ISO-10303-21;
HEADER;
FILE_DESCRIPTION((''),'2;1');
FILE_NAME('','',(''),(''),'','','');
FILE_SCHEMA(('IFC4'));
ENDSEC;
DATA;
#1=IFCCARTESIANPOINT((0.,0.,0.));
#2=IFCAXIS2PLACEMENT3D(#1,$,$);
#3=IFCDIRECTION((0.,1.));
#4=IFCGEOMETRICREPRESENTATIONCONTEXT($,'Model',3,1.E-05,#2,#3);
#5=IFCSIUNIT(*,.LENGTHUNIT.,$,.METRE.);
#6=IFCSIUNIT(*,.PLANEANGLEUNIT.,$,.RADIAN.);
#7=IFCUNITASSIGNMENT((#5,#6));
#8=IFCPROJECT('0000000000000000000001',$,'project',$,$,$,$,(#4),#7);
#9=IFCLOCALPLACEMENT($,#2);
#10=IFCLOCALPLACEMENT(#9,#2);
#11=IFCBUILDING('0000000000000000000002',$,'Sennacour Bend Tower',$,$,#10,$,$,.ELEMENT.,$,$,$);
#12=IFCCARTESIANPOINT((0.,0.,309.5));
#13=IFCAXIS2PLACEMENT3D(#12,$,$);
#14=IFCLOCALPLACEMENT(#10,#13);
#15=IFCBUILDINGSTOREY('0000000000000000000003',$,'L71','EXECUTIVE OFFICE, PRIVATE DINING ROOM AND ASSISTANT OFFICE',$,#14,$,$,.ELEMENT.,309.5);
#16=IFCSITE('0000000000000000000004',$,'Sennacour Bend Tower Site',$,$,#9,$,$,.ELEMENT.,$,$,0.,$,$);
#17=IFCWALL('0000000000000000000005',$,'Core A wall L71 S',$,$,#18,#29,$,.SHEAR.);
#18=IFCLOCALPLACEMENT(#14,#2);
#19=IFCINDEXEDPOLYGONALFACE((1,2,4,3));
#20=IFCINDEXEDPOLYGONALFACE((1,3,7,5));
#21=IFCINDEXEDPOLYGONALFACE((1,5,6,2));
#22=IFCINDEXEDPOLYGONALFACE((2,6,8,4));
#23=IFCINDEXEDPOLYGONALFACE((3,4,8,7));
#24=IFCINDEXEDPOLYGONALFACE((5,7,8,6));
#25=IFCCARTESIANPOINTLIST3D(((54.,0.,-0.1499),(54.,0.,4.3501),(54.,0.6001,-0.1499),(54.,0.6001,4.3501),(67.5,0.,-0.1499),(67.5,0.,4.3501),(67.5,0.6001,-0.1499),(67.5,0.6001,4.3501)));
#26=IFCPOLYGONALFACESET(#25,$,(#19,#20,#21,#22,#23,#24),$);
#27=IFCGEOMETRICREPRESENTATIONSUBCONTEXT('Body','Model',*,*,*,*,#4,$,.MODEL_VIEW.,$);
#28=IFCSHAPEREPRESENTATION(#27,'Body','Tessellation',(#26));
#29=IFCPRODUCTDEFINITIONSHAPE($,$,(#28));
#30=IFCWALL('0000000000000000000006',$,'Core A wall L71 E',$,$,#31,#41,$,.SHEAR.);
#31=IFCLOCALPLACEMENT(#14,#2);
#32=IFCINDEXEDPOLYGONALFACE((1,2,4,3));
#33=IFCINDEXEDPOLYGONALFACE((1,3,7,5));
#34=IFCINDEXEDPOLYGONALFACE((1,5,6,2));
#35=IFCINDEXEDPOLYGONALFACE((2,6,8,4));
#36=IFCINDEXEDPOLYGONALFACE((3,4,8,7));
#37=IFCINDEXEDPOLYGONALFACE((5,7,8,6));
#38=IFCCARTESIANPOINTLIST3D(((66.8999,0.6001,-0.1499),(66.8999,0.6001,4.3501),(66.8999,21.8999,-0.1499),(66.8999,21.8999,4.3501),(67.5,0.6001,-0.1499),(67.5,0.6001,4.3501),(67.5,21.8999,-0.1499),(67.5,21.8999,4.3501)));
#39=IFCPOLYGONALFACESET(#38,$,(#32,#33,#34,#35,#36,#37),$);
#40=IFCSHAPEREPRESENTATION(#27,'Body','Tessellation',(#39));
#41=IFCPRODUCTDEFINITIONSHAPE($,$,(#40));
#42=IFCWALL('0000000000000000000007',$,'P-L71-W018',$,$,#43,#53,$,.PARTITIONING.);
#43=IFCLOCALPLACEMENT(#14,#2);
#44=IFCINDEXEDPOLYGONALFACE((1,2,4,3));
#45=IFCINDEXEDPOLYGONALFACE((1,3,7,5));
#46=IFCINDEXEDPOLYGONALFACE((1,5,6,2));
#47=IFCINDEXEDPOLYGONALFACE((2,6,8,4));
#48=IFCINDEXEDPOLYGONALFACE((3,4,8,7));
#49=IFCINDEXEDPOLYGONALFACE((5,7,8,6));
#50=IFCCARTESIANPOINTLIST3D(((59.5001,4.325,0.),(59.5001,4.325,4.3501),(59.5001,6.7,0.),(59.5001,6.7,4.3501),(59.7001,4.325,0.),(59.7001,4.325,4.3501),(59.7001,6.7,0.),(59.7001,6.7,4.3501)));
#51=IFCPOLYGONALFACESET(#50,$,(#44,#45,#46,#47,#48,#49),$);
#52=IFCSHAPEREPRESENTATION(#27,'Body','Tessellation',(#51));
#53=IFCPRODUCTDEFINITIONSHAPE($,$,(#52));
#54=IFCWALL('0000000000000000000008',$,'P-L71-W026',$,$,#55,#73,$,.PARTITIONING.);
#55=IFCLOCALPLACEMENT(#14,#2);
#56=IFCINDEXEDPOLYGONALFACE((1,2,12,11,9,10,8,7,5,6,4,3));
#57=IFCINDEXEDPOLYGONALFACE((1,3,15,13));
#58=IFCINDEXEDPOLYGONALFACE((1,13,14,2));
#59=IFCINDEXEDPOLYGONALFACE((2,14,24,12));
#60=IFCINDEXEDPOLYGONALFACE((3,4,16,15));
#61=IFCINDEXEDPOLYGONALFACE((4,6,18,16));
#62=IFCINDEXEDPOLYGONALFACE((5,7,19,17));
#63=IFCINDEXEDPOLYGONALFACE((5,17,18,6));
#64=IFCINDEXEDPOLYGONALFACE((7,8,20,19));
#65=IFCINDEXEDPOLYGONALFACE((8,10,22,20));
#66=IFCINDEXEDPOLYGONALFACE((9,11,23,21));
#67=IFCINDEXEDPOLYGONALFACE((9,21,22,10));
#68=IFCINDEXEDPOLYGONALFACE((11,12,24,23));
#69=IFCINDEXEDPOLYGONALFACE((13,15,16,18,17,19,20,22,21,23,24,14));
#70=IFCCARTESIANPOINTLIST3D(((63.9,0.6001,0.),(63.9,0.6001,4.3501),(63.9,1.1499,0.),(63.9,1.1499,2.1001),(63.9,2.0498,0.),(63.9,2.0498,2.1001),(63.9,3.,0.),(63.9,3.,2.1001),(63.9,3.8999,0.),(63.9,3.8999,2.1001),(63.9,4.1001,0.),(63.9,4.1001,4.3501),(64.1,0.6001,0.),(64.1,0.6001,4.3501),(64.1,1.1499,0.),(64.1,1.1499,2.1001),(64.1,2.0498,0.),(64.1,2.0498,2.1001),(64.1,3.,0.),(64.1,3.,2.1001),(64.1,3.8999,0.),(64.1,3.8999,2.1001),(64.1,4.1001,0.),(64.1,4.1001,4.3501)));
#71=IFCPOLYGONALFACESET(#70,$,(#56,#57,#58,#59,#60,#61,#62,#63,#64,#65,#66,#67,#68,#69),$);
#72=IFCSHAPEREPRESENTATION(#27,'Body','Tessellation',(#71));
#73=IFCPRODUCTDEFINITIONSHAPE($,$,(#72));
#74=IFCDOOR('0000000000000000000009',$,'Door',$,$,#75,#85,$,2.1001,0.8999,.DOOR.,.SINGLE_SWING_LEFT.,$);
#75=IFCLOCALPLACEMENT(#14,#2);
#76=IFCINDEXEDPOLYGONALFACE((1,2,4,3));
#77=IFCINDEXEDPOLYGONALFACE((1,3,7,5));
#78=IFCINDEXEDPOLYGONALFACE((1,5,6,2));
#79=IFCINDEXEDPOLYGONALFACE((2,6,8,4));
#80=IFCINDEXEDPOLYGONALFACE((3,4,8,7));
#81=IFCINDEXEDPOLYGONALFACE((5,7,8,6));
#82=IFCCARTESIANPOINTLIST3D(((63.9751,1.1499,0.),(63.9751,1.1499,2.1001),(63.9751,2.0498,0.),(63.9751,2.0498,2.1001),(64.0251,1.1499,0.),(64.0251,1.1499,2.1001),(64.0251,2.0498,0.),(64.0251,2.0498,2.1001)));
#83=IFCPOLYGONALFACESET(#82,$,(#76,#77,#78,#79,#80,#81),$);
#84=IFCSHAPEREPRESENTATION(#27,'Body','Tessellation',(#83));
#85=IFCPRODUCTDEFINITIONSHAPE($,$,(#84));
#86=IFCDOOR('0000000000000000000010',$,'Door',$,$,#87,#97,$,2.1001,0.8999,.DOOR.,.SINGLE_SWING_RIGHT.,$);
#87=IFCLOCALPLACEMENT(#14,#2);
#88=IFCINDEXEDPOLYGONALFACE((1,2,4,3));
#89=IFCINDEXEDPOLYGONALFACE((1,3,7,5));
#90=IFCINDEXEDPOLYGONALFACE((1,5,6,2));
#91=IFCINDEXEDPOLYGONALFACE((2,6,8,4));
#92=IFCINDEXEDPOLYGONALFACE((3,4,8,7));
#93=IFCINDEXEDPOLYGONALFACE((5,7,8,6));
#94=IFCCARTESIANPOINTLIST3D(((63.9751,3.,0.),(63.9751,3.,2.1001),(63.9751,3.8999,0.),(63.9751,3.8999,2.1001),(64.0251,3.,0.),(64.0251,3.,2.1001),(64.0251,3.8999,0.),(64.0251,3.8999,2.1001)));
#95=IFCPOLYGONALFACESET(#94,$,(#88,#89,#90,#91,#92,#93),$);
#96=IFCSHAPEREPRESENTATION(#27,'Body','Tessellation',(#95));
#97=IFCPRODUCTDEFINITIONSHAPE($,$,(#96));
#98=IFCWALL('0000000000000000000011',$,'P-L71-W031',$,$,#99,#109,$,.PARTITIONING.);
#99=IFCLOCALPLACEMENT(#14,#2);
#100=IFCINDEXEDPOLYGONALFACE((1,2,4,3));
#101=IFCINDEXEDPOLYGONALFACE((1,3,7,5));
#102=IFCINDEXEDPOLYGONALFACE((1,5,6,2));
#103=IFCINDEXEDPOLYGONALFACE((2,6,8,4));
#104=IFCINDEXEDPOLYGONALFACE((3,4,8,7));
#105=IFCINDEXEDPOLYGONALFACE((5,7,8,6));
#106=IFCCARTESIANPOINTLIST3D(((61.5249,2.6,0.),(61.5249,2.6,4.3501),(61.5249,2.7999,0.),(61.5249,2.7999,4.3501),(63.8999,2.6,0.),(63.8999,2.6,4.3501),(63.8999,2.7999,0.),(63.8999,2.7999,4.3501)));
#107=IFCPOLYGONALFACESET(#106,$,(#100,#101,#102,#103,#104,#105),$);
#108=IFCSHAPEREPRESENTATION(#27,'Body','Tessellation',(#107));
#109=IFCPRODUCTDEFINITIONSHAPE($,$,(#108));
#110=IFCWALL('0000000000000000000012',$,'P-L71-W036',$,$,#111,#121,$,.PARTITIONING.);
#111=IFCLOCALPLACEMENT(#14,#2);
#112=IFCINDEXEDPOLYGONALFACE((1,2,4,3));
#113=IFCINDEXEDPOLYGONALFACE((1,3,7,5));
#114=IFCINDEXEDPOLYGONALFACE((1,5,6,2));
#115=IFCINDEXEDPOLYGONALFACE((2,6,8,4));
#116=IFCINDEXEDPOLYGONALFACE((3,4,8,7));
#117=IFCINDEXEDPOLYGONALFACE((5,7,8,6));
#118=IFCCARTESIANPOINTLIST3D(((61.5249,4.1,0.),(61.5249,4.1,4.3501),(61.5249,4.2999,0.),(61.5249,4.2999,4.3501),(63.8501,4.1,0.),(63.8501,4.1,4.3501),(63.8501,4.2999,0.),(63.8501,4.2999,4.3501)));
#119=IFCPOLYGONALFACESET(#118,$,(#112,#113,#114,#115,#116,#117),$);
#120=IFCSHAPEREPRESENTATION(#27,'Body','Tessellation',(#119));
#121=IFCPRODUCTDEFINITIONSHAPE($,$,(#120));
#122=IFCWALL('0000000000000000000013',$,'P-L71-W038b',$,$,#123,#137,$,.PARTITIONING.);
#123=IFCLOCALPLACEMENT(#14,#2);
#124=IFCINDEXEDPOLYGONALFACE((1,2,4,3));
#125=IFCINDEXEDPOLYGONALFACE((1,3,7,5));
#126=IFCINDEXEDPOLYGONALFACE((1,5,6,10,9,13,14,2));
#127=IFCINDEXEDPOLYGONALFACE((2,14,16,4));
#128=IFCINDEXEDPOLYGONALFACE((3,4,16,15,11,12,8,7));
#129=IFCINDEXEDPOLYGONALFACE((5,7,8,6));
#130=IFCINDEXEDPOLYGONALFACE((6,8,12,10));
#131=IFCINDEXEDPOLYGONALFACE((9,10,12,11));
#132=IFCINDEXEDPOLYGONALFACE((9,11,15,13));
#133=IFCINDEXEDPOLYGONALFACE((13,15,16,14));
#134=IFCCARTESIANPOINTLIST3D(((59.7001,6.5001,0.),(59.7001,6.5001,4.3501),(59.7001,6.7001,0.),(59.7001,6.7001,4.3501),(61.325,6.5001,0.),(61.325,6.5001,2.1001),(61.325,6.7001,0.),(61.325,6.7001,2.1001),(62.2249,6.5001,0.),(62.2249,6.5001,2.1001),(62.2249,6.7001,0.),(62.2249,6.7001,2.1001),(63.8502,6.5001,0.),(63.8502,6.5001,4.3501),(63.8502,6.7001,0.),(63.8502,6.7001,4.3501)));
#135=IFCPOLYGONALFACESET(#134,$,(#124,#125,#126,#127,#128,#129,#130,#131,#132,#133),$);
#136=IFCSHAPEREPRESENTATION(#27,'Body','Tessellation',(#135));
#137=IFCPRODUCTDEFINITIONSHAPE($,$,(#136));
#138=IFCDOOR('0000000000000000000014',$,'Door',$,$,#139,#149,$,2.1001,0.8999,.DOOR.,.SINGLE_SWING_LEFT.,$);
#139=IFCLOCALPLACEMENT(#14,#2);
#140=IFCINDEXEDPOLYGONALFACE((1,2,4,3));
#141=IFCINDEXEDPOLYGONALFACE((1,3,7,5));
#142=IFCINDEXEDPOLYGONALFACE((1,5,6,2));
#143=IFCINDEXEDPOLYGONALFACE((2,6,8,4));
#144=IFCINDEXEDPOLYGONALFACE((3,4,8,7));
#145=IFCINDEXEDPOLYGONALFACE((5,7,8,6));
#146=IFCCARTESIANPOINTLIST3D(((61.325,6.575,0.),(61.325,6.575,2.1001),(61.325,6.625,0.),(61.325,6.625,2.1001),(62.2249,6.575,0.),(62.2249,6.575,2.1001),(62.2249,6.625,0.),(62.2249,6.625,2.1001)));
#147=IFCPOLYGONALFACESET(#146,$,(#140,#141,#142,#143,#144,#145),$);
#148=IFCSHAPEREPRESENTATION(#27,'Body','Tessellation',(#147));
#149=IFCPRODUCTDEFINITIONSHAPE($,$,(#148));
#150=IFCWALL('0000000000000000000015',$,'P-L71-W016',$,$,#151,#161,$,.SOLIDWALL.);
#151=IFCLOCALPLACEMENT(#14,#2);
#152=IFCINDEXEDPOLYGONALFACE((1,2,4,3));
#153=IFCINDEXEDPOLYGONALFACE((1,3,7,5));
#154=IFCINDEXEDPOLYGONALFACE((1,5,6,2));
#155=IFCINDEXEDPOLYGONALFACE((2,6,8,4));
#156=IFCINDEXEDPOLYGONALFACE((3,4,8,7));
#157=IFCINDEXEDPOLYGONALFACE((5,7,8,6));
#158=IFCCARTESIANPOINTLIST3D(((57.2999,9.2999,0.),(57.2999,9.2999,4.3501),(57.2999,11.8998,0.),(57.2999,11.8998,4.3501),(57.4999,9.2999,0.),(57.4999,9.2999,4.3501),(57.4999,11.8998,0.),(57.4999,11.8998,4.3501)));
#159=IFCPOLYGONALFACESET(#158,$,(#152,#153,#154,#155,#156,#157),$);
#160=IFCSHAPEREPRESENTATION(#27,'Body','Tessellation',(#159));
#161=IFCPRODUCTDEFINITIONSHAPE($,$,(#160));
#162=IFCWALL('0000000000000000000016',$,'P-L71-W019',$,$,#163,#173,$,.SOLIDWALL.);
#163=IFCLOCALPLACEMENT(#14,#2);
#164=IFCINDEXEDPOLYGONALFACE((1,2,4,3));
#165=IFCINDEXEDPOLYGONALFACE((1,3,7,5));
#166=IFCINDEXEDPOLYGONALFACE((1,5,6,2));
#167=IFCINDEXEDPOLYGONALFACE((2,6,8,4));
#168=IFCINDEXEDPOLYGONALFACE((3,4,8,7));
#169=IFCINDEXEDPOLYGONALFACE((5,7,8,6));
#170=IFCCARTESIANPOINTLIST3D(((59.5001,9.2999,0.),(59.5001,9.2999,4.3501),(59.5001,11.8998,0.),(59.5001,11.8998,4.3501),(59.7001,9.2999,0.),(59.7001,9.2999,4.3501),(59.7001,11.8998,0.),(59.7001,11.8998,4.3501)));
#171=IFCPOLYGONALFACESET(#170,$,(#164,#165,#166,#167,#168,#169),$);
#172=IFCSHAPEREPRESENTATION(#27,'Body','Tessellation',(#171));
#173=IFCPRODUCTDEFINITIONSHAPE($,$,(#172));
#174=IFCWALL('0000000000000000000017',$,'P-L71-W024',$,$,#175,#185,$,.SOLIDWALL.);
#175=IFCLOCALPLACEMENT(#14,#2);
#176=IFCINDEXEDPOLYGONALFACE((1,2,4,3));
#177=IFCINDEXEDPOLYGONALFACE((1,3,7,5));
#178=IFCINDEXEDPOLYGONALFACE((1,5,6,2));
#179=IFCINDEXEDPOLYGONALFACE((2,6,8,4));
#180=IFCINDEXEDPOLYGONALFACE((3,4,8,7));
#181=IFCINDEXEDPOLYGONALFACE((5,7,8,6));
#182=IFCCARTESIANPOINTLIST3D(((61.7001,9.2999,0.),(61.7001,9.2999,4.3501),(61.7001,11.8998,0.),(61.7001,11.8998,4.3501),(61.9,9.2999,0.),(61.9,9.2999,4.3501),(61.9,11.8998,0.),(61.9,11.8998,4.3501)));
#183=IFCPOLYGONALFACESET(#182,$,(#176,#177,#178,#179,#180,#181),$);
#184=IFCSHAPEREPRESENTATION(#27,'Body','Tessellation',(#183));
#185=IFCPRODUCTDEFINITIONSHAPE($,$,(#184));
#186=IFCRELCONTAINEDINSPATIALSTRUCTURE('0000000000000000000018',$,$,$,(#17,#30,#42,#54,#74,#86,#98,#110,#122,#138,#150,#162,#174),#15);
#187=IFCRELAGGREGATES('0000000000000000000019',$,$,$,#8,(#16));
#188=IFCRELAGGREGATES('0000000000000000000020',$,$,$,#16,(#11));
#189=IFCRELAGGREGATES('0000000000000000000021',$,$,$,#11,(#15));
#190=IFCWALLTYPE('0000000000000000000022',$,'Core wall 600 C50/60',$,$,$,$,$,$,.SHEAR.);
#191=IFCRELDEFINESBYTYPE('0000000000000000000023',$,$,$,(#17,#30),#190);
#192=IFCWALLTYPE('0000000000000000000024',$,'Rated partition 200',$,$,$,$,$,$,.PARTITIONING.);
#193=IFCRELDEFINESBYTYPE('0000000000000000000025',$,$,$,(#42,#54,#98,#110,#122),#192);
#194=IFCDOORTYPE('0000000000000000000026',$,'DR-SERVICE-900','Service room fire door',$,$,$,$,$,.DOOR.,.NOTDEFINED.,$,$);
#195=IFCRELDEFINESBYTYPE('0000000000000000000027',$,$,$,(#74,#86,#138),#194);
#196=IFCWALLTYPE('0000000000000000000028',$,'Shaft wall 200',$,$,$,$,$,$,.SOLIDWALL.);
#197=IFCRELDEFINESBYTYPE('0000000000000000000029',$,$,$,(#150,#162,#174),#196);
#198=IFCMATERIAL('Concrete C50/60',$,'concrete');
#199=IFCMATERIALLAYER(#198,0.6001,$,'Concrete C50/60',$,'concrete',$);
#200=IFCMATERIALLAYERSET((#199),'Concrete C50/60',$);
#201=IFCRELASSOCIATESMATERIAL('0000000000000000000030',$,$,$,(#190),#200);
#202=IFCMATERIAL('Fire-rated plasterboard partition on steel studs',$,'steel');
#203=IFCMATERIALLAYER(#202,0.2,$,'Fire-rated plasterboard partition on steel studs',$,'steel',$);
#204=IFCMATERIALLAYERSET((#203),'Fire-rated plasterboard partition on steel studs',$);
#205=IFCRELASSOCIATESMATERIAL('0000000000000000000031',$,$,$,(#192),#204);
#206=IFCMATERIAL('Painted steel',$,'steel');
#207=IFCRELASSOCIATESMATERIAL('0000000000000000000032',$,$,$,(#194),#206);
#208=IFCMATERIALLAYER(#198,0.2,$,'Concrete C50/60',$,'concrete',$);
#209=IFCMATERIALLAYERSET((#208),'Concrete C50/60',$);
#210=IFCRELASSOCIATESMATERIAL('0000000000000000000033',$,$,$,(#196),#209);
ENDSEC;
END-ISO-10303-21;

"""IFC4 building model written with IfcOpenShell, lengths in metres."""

from ifc_helpers import new_model, si_unit, direction, frame, frame_2d, origin, place, context, subcontext, project, spatial, rectangle, extrude, material, layer, layer_set, type_object, element, fill, save


model = new_model("IFC4")

# Units and contexts
model_context = context("Model", 3, precision=1e-05, world=origin(), true_north=direction((0.0, 1.0)))
body_context = subcontext(model_context, "Body", "Model", "MODEL_VIEW")
ifc_project = project(units=[si_unit("LENGTHUNIT", "METRE"), si_unit("PLANEANGLEUNIT", "RADIAN")], contexts=[model_context])

# Site, building, storey
site_placement = place(None, origin())
site = spatial("IfcSite", under=ifc_project, at=site_placement, Name="Sennacour Bend Tower Site", CompositionType="ELEMENT", RefElevation=0.0)
building_placement = place(site_placement, origin())
building = spatial("IfcBuilding", under=site, at=building_placement, Name="Sennacour Bend Tower", CompositionType="ELEMENT")
storey_placement = place(building_placement, frame((0.0, 0.0, 309.5)))
storey = spatial("IfcBuildingStorey", under=building, at=storey_placement, Name="L71", Description="EXECUTIVE OFFICE, PRIVATE DINING ROOM AND ASSISTANT OFFICE", CompositionType="ELEMENT", Elevation=309.5)

# Walls
ifc_material_1 = material(Name="Concrete C50/60", Category="concrete")
ifc_layer_1 = layer(ifc_material_1, 0.6001, Name="Concrete C50/60", Category="concrete")
ifc_layer_set_1 = layer_set([ifc_layer_1], Name="Concrete C50/60")
wall_type_1 = type_object("IfcWallType", Name="Core wall 600 C50/60", PredefinedType="SHEAR", material=ifc_layer_set_1)
wall_1_placement = place(storey_placement, frame((67.5, 0.3, -0.1499), z_axis=(0.0, 0.0, 1.0), x_axis=(-1.0, 0.0, 0.0)))
element("IfcWall", 1, at=wall_1_placement, inside=storey, type_object=wall_type_1, Name="Core A wall L71 S", PredefinedType="SHEAR", context=body_context, shape_type="SweptSolid", body=[
    extrude(rectangle(XDim=13.5, YDim=0.6001, at=frame_2d((6.75, 0.0))), origin(), (0.0, 0.0, 1.0), 4.5),
])
wall_2_placement = place(storey_placement, frame((67.2, 0.6001, -0.1499), z_axis=(0.0, 0.0, 1.0), x_axis=(0.0, 1.0, 0.0)))
element("IfcWall", 2, at=wall_2_placement, inside=storey, type_object=wall_type_1, Name="Core A wall L71 E", PredefinedType="SHEAR", context=body_context, shape_type="SweptSolid", body=[
    extrude(rectangle(XDim=21.2998, YDim=0.6001, at=frame_2d((10.6499, 0.0))), origin(), (0.0, 0.0, 1.0), 4.5),
])
ifc_material_2 = material(Name="Fire-rated plasterboard partition on steel studs", Category="steel")
ifc_layer_2 = layer(ifc_material_2, 0.2, Name="Fire-rated plasterboard partition on steel studs", Category="steel")
ifc_layer_set_2 = layer_set([ifc_layer_2], Name="Fire-rated plasterboard partition on steel studs")
wall_type_2 = type_object("IfcWallType", Name="Rated partition 200", PredefinedType="PARTITIONING", material=ifc_layer_set_2)
wall_3_placement = place(storey_placement, frame((59.6001, 4.325, 0.0), z_axis=(0.0, 0.0, 1.0), x_axis=(0.0, 1.0, 0.0)))
element("IfcWall", 3, at=wall_3_placement, inside=storey, type_object=wall_type_2, Name="P-L71-W018", PredefinedType="PARTITIONING", context=body_context, shape_type="SweptSolid", body=[
    extrude(rectangle(XDim=2.375, YDim=0.2, at=frame_2d((1.1875, 0.0))), origin(), (0.0, 0.0, 1.0), 4.3501),
])

# Wall, openings, doors
wall_4_placement = place(storey_placement, frame((64.0, 0.6001, 0.0), z_axis=(0.0, 0.0, 1.0), x_axis=(0.0, 1.0, 0.0)))
wall_4 = element("IfcWall", 4, at=wall_4_placement, inside=storey, type_object=wall_type_2, Name="P-L71-W026", PredefinedType="PARTITIONING", context=body_context, shape_type="SweptSolid", body=[
    extrude(rectangle(XDim=3.5, YDim=0.2, at=frame_2d((1.75, 0.0))), origin(), (0.0, 0.0, 1.0), 4.3501),
])
opening_1_placement = place(wall_4_placement, frame((0.5498, 0.0, 0.0)))
opening_1 = element("IfcOpeningElement", 5, at=opening_1_placement, cuts=wall_4, PredefinedType="OPENING", context=body_context, shape_type="SweptSolid", body=[
    extrude(rectangle(XDim=0.8999, YDim=2.1001, at=frame_2d((0.45, 1.05))), frame((0.0, 0.1099, 0.0), z_axis=(0.0, -1.0, 0.0), x_axis=(1.0, 0.0, 0.0)), (0.0, 0.0, 1.0), 0.22),
])
opening_2_placement = place(wall_4_placement, frame((2.3999, 0.0, 0.0)))
opening_2 = element("IfcOpeningElement", 6, at=opening_2_placement, cuts=wall_4, PredefinedType="OPENING", context=body_context, shape_type="SweptSolid", body=[
    extrude(rectangle(XDim=0.8999, YDim=2.1001, at=frame_2d((0.45, 1.05))), frame((0.0, 0.1099, 0.0), z_axis=(0.0, -1.0, 0.0), x_axis=(1.0, 0.0, 0.0)), (0.0, 0.0, 1.0), 0.22),
])
ifc_material_3 = material(Name="Painted steel", Category="steel")
door_type_1 = type_object("IfcDoorType", Name="DR-SERVICE-900", Description="Service room fire door", OperationType="NOTDEFINED", PredefinedType="DOOR", material=ifc_material_3)
door_1_placement = place(opening_1_placement, origin())
door_1 = element("IfcDoor", 7, at=door_1_placement, inside=storey, type_object=door_type_1, Name="Door", OperationType="SINGLE_SWING_LEFT", OverallHeight=2.1001, OverallWidth=0.8999, PredefinedType="DOOR", context=body_context, shape_type="SweptSolid", body=[
    extrude(rectangle(XDim=0.8999, YDim=2.1001, at=frame_2d((0.45, 1.05))), frame((0.0, 0.0249, 0.0), z_axis=(0.0, -1.0, 0.0), x_axis=(1.0, 0.0, 0.0)), (0.0, 0.0, 1.0), 0.05),
])
fill(opening_1, door_1)
door_2_placement = place(opening_2_placement, origin())
door_2 = element("IfcDoor", 8, at=door_2_placement, inside=storey, type_object=door_type_1, Name="Door", OperationType="SINGLE_SWING_RIGHT", OverallHeight=2.1001, OverallWidth=0.8999, PredefinedType="DOOR", context=body_context, shape_type="SweptSolid", body=[
    extrude(rectangle(XDim=0.8999, YDim=2.1001, at=frame_2d((0.45, 1.05))), frame((0.0, 0.0249, 0.0), z_axis=(0.0, -1.0, 0.0), x_axis=(1.0, 0.0, 0.0)), (0.0, 0.0, 1.0), 0.05),
])
fill(opening_2, door_2)

# Walls
wall_5_placement = place(storey_placement, frame((61.5249, 2.7, 0.0), z_axis=(0.0, 0.0, 1.0), x_axis=(1.0, 0.0, 0.0)))
element("IfcWall", 9, at=wall_5_placement, inside=storey, type_object=wall_type_2, Name="P-L71-W031", PredefinedType="PARTITIONING", context=body_context, shape_type="SweptSolid", body=[
    extrude(rectangle(XDim=2.375, YDim=0.2, at=frame_2d((1.1875, 0.0))), origin(), (0.0, 0.0, 1.0), 4.3501),
])
wall_6_placement = place(storey_placement, frame((61.5249, 4.2, 0.0), z_axis=(0.0, 0.0, 1.0), x_axis=(1.0, 0.0, 0.0)))
element("IfcWall", 10, at=wall_6_placement, inside=storey, type_object=wall_type_2, Name="P-L71-W036", PredefinedType="PARTITIONING", context=body_context, shape_type="SweptSolid", body=[
    extrude(rectangle(XDim=2.3252, YDim=0.2, at=frame_2d((1.1626, 0.0))), origin(), (0.0, 0.0, 1.0), 4.3501),
])

# Wall, opening, door
wall_7_placement = place(storey_placement, frame((59.7, 6.6001, 0.0), z_axis=(0.0, 0.0, 1.0), x_axis=(1.0, 0.0, 0.0)))
wall_7 = element("IfcWall", 11, at=wall_7_placement, inside=storey, type_object=wall_type_2, Name="P-L71-W038b", PredefinedType="PARTITIONING", context=body_context, shape_type="SweptSolid", body=[
    extrude(rectangle(XDim=4.1501, YDim=0.2, at=frame_2d((2.0752, 0.0))), origin(), (0.0, 0.0, 1.0), 4.3501),
])
opening_3_placement = place(wall_7_placement, frame((1.625, 0.0, 0.0)))
opening_3 = element("IfcOpeningElement", 12, at=opening_3_placement, cuts=wall_7, PredefinedType="OPENING", context=body_context, shape_type="SweptSolid", body=[
    extrude(rectangle(XDim=0.8999, YDim=2.1001, at=frame_2d((0.45, 1.05))), frame((0.0, 0.1099, 0.0), z_axis=(0.0, -1.0, 0.0), x_axis=(1.0, 0.0, 0.0)), (0.0, 0.0, 1.0), 0.22),
])
door_3_placement = place(opening_3_placement, origin())
door_3 = element("IfcDoor", 13, at=door_3_placement, inside=storey, type_object=door_type_1, Name="Door", OperationType="SINGLE_SWING_LEFT", OverallHeight=2.1001, OverallWidth=0.8999, PredefinedType="DOOR", context=body_context, shape_type="SweptSolid", body=[
    extrude(rectangle(XDim=0.8999, YDim=2.1001, at=frame_2d((0.45, 1.05))), frame((0.0, 0.0249, 0.0), z_axis=(0.0, -1.0, 0.0), x_axis=(1.0, 0.0, 0.0)), (0.0, 0.0, 1.0), 0.05),
])
fill(opening_3, door_3)

# Walls
ifc_layer_3 = layer(ifc_material_1, 0.2, Name="Concrete C50/60", Category="concrete")
ifc_layer_set_3 = layer_set([ifc_layer_3], Name="Concrete C50/60")
wall_type_3 = type_object("IfcWallType", Name="Shaft wall 200", PredefinedType="SOLIDWALL", material=ifc_layer_set_3)
for number, where, z_axis, x_axis, name in (
    (14, (57.3999, 9.3, 0.0), (0.0, 0.0, 1.0), (0.0, 1.0, 0.0), "P-L71-W016"),
    (15, (59.6001, 9.3, 0.0), (0.0, 0.0, 1.0), (0.0, 1.0, 0.0), "P-L71-W019"),
    (16, (61.8, 9.3, 0.0), (0.0, 0.0, 1.0), (0.0, 1.0, 0.0), "P-L71-W024"),
):
    element("IfcWall", number, at=place(storey_placement, frame(where, z_axis=z_axis, x_axis=x_axis)), inside=storey, type_object=wall_type_3, Name=name, PredefinedType="SOLIDWALL", context=body_context, shape_type="SweptSolid", body=[
        extrude(rectangle(XDim=2.5999, YDim=0.2, at=frame_2d((1.2998, 0.0))), origin(), (0.0, 0.0, 1.0), 4.3501),
    ])

save(model, "model.ifc")
